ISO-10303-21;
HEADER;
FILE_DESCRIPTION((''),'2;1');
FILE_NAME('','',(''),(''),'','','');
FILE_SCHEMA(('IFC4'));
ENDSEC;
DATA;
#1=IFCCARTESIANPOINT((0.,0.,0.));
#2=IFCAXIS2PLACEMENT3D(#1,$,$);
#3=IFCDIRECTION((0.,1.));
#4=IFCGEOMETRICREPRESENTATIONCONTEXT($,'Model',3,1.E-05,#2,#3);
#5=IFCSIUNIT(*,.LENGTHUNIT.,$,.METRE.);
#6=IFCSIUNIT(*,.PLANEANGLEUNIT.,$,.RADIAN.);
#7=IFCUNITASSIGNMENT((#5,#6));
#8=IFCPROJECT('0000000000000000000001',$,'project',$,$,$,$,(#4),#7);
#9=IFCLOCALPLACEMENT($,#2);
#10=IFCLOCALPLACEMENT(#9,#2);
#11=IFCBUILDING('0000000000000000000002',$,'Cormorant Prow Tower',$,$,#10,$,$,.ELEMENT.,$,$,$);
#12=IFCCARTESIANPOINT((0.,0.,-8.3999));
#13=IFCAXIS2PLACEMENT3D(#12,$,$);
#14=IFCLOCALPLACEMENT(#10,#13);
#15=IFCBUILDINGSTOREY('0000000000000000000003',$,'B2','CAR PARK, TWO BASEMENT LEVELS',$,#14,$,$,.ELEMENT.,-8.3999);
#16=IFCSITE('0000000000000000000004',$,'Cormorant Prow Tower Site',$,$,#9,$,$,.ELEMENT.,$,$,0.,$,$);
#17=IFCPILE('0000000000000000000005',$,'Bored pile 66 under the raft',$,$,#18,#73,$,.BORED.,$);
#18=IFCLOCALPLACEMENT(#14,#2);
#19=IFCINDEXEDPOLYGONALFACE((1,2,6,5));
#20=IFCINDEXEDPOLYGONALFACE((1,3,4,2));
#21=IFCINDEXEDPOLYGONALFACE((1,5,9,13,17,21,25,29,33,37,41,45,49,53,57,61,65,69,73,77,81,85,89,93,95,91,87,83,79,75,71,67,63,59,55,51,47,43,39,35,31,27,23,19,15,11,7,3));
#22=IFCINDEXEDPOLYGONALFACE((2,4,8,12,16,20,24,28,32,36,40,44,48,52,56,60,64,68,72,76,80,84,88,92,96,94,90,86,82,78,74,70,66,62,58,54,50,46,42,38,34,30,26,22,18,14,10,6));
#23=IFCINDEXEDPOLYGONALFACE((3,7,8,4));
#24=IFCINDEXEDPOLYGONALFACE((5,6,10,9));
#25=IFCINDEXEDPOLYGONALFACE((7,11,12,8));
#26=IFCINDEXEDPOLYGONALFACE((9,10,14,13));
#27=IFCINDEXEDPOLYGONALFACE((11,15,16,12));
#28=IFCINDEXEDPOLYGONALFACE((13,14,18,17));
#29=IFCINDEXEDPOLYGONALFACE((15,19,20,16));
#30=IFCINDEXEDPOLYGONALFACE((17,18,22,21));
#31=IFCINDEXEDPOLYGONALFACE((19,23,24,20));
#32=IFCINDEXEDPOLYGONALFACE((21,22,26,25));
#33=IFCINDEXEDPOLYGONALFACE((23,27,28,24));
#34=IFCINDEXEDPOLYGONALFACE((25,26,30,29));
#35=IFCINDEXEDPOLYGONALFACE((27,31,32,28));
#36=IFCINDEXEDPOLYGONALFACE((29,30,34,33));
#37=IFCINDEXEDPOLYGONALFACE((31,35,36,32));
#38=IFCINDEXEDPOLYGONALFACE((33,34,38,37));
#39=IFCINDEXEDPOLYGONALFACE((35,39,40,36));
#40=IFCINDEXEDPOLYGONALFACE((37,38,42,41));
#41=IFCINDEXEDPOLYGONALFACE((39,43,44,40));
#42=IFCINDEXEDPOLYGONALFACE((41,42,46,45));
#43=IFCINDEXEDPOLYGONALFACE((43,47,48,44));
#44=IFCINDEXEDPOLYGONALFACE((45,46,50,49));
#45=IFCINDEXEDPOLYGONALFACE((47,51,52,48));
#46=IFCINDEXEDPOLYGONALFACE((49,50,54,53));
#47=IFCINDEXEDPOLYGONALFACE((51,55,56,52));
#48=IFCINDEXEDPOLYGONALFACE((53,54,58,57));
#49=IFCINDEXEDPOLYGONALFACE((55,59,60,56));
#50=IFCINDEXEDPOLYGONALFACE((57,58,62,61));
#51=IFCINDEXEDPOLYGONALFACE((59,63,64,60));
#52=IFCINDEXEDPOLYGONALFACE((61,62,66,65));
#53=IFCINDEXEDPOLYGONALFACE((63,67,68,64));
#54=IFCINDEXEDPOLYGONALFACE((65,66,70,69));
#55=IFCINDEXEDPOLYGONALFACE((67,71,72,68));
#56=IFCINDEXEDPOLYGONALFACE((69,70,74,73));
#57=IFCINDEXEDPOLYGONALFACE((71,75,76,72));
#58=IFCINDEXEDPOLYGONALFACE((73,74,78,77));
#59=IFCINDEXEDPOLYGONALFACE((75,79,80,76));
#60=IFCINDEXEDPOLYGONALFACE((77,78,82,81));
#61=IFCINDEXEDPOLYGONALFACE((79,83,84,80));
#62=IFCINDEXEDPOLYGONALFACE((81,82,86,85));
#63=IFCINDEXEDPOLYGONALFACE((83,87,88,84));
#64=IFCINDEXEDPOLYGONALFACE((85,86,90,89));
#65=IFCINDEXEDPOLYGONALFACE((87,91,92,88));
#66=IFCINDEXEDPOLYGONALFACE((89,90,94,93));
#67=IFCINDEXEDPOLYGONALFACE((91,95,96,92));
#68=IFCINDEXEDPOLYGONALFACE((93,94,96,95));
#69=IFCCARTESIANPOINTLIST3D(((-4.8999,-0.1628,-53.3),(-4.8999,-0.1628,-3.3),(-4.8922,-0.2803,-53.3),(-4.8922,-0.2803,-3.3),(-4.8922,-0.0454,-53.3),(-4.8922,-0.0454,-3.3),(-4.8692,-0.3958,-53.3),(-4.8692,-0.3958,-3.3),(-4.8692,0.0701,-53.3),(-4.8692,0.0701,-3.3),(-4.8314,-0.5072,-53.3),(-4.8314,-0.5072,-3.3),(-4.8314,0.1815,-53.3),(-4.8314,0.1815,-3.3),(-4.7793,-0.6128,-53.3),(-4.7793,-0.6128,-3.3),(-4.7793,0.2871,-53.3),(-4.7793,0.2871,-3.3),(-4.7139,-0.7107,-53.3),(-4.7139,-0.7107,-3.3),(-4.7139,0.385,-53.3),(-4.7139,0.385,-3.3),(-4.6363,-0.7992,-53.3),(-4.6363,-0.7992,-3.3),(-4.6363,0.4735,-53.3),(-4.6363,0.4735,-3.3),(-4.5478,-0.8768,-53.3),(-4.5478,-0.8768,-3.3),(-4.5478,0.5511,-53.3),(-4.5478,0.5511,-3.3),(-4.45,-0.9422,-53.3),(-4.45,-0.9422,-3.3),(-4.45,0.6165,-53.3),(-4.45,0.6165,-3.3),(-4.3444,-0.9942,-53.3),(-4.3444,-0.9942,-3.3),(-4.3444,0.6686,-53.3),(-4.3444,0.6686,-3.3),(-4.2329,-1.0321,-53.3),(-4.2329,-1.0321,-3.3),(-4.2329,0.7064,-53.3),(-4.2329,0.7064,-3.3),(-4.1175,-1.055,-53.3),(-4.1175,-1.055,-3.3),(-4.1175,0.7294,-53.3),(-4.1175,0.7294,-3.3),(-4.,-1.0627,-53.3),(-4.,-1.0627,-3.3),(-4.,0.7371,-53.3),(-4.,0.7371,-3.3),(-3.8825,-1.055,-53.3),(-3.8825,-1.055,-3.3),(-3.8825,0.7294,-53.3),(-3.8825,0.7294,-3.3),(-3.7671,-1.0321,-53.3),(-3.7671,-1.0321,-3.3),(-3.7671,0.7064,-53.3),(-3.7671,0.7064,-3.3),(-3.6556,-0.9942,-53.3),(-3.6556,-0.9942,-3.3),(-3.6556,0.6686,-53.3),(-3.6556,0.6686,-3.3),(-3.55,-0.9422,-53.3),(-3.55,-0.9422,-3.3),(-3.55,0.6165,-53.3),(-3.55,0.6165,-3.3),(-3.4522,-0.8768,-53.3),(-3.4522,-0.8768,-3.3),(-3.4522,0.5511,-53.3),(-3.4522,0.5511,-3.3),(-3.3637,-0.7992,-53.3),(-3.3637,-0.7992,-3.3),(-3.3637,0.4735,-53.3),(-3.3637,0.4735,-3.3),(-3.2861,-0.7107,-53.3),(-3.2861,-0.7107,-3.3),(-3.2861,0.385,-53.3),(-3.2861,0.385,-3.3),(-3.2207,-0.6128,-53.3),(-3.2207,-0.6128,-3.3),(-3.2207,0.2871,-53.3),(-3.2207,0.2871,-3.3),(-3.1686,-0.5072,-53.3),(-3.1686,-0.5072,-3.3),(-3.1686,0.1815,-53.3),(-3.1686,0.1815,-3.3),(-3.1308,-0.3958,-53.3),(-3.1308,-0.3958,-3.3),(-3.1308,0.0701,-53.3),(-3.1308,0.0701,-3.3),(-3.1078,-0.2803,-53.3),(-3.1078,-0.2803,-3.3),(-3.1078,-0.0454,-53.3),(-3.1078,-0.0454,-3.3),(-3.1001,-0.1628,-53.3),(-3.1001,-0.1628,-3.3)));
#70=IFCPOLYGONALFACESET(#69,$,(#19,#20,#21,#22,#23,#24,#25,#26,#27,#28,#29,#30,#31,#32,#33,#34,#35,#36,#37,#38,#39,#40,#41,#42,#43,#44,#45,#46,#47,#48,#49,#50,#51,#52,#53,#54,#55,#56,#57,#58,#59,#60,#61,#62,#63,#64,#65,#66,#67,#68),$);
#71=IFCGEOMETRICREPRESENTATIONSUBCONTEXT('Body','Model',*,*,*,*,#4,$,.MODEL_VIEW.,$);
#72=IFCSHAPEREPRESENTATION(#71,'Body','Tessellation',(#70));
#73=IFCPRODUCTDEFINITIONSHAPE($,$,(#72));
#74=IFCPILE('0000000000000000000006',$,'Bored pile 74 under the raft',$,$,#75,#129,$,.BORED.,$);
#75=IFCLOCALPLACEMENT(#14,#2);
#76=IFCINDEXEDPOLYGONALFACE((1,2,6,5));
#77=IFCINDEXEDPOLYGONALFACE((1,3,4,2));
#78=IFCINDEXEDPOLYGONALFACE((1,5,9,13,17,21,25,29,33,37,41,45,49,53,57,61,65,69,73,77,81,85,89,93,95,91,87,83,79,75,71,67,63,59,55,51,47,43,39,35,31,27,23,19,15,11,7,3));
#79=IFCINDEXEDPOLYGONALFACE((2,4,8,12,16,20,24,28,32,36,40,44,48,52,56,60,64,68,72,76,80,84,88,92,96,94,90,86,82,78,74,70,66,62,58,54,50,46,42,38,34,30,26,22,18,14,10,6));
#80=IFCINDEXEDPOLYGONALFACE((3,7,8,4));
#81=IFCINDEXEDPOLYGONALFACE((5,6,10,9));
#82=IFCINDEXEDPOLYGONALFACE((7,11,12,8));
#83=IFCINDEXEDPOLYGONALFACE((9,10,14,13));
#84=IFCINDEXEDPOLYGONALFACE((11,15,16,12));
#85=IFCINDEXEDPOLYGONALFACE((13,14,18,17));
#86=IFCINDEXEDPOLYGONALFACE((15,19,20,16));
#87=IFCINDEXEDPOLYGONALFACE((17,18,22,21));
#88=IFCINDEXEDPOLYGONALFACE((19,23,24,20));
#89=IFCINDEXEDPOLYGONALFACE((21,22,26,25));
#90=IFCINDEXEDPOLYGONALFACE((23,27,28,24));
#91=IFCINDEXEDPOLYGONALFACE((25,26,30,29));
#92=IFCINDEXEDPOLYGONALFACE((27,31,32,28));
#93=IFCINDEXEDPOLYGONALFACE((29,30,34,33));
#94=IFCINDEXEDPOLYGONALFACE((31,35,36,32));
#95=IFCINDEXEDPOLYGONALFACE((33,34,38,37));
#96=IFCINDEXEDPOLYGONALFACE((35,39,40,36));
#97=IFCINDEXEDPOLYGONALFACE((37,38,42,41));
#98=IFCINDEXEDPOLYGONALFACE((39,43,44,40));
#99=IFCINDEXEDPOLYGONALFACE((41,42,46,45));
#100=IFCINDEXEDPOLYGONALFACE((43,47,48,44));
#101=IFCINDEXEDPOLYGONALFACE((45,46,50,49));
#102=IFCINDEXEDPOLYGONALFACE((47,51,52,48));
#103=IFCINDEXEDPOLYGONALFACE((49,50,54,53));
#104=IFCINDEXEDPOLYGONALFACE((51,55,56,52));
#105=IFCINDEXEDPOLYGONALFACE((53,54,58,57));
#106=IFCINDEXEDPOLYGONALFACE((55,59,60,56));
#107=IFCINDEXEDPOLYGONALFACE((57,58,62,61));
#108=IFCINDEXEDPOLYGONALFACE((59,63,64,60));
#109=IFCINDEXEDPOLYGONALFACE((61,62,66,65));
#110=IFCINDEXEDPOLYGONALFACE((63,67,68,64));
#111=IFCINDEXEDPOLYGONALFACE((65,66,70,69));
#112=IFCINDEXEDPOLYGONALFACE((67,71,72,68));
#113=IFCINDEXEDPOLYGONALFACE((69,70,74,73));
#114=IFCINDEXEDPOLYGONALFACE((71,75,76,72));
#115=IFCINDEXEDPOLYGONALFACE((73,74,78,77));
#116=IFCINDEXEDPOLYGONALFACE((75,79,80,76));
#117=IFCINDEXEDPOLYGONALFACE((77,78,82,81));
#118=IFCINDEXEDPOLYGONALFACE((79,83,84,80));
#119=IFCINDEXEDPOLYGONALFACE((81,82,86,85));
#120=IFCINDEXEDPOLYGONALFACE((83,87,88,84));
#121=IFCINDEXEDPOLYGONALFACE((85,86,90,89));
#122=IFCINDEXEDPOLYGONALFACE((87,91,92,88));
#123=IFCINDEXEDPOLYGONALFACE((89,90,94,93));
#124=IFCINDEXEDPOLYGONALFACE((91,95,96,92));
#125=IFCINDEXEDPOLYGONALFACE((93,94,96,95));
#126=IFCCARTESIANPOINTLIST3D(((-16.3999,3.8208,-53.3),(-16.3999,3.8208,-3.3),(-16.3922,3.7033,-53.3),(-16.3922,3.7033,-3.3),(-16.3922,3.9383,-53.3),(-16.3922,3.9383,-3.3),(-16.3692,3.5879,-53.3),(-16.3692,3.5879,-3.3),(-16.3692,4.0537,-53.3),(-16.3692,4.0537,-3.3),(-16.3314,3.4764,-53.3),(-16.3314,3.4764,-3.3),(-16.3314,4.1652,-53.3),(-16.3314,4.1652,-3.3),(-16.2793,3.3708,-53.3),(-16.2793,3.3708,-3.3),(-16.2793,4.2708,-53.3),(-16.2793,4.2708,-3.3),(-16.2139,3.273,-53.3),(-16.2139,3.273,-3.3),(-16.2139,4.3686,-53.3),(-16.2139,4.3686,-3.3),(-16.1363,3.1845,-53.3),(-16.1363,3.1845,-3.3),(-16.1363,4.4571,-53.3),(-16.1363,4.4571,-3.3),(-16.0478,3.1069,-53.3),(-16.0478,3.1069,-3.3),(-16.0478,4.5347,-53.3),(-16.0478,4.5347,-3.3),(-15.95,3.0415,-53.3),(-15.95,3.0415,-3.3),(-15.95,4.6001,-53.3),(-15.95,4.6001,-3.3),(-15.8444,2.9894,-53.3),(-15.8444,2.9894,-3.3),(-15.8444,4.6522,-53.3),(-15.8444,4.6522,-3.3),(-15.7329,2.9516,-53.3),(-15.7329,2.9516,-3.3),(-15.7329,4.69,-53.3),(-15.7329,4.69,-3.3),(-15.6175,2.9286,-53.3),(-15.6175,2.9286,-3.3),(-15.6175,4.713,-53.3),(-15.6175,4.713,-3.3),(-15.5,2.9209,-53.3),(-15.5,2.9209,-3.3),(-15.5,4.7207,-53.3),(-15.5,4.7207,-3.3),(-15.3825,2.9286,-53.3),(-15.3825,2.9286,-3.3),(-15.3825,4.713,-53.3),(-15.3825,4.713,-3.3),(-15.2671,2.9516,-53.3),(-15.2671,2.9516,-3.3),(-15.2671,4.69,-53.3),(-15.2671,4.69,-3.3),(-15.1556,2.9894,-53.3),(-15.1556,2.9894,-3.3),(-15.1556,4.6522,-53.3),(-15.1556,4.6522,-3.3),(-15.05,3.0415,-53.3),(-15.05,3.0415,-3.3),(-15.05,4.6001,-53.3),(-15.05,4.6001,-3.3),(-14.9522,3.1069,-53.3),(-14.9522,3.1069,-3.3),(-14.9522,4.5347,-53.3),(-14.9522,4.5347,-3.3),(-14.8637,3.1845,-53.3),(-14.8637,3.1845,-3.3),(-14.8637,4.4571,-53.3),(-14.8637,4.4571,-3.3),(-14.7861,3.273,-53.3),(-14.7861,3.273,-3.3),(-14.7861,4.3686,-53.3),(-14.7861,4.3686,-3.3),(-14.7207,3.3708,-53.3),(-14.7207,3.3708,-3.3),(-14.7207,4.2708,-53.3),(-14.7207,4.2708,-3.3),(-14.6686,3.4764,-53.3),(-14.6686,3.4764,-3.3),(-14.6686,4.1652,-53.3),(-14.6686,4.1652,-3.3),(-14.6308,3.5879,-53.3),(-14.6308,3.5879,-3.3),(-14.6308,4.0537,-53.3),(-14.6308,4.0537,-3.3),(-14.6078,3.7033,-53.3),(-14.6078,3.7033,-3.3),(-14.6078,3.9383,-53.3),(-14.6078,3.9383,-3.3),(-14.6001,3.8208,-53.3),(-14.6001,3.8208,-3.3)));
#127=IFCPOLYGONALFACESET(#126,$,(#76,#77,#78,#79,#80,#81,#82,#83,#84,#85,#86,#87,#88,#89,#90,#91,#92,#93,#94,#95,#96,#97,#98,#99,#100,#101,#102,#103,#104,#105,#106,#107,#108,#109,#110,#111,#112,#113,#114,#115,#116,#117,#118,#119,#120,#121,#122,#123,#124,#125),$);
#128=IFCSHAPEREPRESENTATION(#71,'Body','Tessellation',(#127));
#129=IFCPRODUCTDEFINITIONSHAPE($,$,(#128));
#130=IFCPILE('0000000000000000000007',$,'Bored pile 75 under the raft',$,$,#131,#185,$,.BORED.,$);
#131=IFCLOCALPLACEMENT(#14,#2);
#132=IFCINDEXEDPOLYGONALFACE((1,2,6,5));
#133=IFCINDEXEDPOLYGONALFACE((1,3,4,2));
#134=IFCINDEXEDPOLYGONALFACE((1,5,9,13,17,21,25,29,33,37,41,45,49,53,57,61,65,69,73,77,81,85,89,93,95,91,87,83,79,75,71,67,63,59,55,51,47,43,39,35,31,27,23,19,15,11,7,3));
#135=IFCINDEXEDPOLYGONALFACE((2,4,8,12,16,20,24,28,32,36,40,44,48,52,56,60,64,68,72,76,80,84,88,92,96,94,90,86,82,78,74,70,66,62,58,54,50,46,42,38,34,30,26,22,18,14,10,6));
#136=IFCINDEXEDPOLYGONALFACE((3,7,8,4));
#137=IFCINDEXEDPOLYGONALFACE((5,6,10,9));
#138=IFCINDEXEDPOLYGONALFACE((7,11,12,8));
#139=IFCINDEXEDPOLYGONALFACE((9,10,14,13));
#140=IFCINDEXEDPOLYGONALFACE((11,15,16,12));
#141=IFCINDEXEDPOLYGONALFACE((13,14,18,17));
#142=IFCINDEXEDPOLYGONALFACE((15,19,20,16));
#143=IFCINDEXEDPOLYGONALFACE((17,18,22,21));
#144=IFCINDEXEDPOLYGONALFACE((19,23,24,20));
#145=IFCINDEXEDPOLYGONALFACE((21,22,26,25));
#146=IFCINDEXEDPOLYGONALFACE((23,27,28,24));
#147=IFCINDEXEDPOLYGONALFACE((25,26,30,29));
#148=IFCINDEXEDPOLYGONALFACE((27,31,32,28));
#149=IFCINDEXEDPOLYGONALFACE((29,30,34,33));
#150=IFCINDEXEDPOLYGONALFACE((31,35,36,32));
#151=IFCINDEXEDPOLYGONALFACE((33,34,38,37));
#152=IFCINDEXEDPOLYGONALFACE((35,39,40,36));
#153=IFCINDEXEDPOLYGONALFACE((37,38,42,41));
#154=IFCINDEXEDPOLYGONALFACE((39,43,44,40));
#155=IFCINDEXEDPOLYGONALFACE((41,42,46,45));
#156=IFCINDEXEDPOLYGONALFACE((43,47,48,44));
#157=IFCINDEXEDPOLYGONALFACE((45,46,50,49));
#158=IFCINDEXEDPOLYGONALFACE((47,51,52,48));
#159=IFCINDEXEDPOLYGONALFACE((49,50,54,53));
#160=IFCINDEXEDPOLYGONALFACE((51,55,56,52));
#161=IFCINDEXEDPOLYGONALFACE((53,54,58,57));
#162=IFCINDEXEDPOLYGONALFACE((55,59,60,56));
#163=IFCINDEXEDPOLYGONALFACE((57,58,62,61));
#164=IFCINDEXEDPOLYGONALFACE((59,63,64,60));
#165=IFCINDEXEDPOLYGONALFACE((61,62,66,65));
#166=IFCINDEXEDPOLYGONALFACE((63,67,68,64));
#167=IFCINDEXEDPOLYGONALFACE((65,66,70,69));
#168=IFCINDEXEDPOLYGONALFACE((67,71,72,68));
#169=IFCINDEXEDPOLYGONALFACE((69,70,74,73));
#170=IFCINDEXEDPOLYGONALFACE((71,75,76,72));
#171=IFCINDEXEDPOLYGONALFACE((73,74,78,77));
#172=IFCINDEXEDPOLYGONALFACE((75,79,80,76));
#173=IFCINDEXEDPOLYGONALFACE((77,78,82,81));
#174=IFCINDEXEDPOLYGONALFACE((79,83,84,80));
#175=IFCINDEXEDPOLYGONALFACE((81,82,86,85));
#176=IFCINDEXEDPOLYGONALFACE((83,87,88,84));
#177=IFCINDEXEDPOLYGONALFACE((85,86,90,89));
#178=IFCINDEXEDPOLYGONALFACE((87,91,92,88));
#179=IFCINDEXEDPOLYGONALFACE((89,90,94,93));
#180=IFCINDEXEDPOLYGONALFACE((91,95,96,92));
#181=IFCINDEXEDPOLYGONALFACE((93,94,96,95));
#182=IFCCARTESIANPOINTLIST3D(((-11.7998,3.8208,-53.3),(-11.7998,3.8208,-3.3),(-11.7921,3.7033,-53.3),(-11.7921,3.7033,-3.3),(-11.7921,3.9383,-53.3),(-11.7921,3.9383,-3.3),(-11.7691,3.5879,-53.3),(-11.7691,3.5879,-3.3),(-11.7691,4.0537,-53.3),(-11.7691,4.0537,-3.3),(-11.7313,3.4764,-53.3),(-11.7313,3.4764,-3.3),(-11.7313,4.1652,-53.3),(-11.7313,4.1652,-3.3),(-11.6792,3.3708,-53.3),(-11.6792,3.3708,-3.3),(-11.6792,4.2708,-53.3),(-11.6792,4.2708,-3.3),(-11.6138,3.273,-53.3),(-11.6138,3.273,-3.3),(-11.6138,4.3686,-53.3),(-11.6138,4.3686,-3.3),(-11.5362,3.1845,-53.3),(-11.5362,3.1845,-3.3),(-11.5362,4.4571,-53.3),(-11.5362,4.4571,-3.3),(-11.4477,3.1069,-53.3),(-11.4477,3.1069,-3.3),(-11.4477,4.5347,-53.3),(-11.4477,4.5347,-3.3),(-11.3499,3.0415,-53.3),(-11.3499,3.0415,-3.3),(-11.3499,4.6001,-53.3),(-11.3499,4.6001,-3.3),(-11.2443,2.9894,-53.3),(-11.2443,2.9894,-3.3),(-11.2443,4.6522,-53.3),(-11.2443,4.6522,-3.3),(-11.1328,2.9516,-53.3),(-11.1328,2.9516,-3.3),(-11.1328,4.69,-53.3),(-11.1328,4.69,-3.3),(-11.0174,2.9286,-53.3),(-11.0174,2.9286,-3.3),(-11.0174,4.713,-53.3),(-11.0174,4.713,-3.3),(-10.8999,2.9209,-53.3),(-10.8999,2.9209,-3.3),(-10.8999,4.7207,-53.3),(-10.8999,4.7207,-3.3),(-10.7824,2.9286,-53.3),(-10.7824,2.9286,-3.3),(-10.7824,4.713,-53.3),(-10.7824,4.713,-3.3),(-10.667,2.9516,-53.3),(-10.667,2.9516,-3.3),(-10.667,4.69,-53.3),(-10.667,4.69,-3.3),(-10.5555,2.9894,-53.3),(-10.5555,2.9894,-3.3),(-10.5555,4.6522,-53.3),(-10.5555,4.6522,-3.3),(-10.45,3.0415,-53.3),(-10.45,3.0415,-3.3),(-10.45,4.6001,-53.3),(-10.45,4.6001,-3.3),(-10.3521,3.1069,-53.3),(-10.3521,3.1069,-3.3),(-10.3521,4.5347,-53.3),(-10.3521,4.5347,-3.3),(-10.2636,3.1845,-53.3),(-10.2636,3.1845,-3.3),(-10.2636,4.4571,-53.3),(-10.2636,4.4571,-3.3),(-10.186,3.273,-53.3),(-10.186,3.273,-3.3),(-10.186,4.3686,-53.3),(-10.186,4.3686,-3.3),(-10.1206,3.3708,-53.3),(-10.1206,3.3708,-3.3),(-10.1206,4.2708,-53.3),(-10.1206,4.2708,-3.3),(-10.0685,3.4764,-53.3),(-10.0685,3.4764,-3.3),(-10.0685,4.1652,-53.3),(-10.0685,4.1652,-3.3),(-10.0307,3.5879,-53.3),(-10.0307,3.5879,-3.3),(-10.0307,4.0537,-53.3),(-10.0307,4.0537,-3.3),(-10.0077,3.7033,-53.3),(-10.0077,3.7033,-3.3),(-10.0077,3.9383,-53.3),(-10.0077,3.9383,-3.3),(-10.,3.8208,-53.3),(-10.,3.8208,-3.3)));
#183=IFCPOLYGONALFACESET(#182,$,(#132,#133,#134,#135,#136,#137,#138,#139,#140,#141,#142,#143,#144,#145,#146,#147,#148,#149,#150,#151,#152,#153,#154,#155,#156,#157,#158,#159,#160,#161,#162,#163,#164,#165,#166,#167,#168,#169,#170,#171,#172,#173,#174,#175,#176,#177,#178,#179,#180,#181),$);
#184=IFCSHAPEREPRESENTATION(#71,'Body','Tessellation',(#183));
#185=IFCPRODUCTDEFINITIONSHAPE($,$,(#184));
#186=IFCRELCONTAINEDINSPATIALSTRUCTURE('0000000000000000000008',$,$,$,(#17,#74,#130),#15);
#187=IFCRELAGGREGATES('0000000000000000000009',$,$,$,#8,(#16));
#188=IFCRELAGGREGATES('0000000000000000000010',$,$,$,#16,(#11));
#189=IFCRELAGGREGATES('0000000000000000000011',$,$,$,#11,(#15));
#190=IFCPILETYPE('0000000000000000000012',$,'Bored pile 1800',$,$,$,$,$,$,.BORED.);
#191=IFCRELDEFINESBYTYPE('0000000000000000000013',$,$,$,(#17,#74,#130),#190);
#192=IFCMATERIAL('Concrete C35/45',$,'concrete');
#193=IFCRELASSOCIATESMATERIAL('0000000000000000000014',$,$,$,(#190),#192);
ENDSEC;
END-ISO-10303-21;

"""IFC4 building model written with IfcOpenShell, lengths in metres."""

from ifc_helpers import new_model, si_unit, direction, frame, origin, origin_2d, place, context, subcontext, project, spatial, circle, extrude, material, material_profile, profile_set, type_object, element, save


model = new_model("IFC4")

# Units and contexts
model_context = context("Model", 3, precision=1e-05, world=origin(), true_north=direction((0.0, 1.0)))
body_context = subcontext(model_context, "Body", "Model", "MODEL_VIEW")
ifc_project = project(units=[si_unit("LENGTHUNIT", "METRE"), si_unit("PLANEANGLEUNIT", "RADIAN")], contexts=[model_context])

# Site, building, storey
site_placement = place(None, origin())
site = spatial("IfcSite", under=ifc_project, at=site_placement, Name="Cormorant Prow Tower Site", CompositionType="ELEMENT", RefElevation=0.0)
building_placement = place(site_placement, origin())
building = spatial("IfcBuilding", under=site, at=building_placement, Name="Cormorant Prow Tower", CompositionType="ELEMENT")
storey_placement = place(building_placement, frame((0.0, 0.0, -8.3999)))
storey = spatial("IfcBuildingStorey", under=building, at=storey_placement, Name="B2", Description="CAR PARK, TWO BASEMENT LEVELS", CompositionType="ELEMENT", Elevation=-8.3999)

# Piles
ifc_material_1 = material(Name="Concrete C35/45", Category="concrete")
ifc_material_profile_1 = material_profile(ifc_material_1, circle(Radius=0.8999, at=origin_2d()), Name="Round 1800")
ifc_profile_set_1 = profile_set([ifc_material_profile_1], Name="Concrete C35/45")
pile_type_1 = type_object("IfcPileType", Name="Bored pile 1800", PredefinedType="BORED", material=ifc_profile_set_1)
for number, where, z_axis, x_axis, name in (
    (1, (-4.0, -0.1628, -3.3), (0.0, 0.0, -1.0), (1.0, 0.0, 0.0), "Bored pile 66 under the raft"),
    (2, (-15.5, 3.8208, -3.3), (0.0, 0.0, -1.0), (1.0, 0.0, 0.0), "Bored pile 74 under the raft"),
    (3, (-10.8999, 3.8208, -3.3), (0.0, 0.0, -1.0), (1.0, 0.0, 0.0), "Bored pile 75 under the raft"),
):
    element("IfcPile", number, at=place(storey_placement, frame(where, z_axis=z_axis, x_axis=x_axis)), inside=storey, type_object=pile_type_1, Name=name, PredefinedType="BORED", context=body_context, shape_type="SweptSolid", body=[
        extrude(circle(Radius=0.8999, at=origin_2d()), origin(), (0.0, 0.0, 1.0), 50.0),
    ])

save(model, "model.ifc")
